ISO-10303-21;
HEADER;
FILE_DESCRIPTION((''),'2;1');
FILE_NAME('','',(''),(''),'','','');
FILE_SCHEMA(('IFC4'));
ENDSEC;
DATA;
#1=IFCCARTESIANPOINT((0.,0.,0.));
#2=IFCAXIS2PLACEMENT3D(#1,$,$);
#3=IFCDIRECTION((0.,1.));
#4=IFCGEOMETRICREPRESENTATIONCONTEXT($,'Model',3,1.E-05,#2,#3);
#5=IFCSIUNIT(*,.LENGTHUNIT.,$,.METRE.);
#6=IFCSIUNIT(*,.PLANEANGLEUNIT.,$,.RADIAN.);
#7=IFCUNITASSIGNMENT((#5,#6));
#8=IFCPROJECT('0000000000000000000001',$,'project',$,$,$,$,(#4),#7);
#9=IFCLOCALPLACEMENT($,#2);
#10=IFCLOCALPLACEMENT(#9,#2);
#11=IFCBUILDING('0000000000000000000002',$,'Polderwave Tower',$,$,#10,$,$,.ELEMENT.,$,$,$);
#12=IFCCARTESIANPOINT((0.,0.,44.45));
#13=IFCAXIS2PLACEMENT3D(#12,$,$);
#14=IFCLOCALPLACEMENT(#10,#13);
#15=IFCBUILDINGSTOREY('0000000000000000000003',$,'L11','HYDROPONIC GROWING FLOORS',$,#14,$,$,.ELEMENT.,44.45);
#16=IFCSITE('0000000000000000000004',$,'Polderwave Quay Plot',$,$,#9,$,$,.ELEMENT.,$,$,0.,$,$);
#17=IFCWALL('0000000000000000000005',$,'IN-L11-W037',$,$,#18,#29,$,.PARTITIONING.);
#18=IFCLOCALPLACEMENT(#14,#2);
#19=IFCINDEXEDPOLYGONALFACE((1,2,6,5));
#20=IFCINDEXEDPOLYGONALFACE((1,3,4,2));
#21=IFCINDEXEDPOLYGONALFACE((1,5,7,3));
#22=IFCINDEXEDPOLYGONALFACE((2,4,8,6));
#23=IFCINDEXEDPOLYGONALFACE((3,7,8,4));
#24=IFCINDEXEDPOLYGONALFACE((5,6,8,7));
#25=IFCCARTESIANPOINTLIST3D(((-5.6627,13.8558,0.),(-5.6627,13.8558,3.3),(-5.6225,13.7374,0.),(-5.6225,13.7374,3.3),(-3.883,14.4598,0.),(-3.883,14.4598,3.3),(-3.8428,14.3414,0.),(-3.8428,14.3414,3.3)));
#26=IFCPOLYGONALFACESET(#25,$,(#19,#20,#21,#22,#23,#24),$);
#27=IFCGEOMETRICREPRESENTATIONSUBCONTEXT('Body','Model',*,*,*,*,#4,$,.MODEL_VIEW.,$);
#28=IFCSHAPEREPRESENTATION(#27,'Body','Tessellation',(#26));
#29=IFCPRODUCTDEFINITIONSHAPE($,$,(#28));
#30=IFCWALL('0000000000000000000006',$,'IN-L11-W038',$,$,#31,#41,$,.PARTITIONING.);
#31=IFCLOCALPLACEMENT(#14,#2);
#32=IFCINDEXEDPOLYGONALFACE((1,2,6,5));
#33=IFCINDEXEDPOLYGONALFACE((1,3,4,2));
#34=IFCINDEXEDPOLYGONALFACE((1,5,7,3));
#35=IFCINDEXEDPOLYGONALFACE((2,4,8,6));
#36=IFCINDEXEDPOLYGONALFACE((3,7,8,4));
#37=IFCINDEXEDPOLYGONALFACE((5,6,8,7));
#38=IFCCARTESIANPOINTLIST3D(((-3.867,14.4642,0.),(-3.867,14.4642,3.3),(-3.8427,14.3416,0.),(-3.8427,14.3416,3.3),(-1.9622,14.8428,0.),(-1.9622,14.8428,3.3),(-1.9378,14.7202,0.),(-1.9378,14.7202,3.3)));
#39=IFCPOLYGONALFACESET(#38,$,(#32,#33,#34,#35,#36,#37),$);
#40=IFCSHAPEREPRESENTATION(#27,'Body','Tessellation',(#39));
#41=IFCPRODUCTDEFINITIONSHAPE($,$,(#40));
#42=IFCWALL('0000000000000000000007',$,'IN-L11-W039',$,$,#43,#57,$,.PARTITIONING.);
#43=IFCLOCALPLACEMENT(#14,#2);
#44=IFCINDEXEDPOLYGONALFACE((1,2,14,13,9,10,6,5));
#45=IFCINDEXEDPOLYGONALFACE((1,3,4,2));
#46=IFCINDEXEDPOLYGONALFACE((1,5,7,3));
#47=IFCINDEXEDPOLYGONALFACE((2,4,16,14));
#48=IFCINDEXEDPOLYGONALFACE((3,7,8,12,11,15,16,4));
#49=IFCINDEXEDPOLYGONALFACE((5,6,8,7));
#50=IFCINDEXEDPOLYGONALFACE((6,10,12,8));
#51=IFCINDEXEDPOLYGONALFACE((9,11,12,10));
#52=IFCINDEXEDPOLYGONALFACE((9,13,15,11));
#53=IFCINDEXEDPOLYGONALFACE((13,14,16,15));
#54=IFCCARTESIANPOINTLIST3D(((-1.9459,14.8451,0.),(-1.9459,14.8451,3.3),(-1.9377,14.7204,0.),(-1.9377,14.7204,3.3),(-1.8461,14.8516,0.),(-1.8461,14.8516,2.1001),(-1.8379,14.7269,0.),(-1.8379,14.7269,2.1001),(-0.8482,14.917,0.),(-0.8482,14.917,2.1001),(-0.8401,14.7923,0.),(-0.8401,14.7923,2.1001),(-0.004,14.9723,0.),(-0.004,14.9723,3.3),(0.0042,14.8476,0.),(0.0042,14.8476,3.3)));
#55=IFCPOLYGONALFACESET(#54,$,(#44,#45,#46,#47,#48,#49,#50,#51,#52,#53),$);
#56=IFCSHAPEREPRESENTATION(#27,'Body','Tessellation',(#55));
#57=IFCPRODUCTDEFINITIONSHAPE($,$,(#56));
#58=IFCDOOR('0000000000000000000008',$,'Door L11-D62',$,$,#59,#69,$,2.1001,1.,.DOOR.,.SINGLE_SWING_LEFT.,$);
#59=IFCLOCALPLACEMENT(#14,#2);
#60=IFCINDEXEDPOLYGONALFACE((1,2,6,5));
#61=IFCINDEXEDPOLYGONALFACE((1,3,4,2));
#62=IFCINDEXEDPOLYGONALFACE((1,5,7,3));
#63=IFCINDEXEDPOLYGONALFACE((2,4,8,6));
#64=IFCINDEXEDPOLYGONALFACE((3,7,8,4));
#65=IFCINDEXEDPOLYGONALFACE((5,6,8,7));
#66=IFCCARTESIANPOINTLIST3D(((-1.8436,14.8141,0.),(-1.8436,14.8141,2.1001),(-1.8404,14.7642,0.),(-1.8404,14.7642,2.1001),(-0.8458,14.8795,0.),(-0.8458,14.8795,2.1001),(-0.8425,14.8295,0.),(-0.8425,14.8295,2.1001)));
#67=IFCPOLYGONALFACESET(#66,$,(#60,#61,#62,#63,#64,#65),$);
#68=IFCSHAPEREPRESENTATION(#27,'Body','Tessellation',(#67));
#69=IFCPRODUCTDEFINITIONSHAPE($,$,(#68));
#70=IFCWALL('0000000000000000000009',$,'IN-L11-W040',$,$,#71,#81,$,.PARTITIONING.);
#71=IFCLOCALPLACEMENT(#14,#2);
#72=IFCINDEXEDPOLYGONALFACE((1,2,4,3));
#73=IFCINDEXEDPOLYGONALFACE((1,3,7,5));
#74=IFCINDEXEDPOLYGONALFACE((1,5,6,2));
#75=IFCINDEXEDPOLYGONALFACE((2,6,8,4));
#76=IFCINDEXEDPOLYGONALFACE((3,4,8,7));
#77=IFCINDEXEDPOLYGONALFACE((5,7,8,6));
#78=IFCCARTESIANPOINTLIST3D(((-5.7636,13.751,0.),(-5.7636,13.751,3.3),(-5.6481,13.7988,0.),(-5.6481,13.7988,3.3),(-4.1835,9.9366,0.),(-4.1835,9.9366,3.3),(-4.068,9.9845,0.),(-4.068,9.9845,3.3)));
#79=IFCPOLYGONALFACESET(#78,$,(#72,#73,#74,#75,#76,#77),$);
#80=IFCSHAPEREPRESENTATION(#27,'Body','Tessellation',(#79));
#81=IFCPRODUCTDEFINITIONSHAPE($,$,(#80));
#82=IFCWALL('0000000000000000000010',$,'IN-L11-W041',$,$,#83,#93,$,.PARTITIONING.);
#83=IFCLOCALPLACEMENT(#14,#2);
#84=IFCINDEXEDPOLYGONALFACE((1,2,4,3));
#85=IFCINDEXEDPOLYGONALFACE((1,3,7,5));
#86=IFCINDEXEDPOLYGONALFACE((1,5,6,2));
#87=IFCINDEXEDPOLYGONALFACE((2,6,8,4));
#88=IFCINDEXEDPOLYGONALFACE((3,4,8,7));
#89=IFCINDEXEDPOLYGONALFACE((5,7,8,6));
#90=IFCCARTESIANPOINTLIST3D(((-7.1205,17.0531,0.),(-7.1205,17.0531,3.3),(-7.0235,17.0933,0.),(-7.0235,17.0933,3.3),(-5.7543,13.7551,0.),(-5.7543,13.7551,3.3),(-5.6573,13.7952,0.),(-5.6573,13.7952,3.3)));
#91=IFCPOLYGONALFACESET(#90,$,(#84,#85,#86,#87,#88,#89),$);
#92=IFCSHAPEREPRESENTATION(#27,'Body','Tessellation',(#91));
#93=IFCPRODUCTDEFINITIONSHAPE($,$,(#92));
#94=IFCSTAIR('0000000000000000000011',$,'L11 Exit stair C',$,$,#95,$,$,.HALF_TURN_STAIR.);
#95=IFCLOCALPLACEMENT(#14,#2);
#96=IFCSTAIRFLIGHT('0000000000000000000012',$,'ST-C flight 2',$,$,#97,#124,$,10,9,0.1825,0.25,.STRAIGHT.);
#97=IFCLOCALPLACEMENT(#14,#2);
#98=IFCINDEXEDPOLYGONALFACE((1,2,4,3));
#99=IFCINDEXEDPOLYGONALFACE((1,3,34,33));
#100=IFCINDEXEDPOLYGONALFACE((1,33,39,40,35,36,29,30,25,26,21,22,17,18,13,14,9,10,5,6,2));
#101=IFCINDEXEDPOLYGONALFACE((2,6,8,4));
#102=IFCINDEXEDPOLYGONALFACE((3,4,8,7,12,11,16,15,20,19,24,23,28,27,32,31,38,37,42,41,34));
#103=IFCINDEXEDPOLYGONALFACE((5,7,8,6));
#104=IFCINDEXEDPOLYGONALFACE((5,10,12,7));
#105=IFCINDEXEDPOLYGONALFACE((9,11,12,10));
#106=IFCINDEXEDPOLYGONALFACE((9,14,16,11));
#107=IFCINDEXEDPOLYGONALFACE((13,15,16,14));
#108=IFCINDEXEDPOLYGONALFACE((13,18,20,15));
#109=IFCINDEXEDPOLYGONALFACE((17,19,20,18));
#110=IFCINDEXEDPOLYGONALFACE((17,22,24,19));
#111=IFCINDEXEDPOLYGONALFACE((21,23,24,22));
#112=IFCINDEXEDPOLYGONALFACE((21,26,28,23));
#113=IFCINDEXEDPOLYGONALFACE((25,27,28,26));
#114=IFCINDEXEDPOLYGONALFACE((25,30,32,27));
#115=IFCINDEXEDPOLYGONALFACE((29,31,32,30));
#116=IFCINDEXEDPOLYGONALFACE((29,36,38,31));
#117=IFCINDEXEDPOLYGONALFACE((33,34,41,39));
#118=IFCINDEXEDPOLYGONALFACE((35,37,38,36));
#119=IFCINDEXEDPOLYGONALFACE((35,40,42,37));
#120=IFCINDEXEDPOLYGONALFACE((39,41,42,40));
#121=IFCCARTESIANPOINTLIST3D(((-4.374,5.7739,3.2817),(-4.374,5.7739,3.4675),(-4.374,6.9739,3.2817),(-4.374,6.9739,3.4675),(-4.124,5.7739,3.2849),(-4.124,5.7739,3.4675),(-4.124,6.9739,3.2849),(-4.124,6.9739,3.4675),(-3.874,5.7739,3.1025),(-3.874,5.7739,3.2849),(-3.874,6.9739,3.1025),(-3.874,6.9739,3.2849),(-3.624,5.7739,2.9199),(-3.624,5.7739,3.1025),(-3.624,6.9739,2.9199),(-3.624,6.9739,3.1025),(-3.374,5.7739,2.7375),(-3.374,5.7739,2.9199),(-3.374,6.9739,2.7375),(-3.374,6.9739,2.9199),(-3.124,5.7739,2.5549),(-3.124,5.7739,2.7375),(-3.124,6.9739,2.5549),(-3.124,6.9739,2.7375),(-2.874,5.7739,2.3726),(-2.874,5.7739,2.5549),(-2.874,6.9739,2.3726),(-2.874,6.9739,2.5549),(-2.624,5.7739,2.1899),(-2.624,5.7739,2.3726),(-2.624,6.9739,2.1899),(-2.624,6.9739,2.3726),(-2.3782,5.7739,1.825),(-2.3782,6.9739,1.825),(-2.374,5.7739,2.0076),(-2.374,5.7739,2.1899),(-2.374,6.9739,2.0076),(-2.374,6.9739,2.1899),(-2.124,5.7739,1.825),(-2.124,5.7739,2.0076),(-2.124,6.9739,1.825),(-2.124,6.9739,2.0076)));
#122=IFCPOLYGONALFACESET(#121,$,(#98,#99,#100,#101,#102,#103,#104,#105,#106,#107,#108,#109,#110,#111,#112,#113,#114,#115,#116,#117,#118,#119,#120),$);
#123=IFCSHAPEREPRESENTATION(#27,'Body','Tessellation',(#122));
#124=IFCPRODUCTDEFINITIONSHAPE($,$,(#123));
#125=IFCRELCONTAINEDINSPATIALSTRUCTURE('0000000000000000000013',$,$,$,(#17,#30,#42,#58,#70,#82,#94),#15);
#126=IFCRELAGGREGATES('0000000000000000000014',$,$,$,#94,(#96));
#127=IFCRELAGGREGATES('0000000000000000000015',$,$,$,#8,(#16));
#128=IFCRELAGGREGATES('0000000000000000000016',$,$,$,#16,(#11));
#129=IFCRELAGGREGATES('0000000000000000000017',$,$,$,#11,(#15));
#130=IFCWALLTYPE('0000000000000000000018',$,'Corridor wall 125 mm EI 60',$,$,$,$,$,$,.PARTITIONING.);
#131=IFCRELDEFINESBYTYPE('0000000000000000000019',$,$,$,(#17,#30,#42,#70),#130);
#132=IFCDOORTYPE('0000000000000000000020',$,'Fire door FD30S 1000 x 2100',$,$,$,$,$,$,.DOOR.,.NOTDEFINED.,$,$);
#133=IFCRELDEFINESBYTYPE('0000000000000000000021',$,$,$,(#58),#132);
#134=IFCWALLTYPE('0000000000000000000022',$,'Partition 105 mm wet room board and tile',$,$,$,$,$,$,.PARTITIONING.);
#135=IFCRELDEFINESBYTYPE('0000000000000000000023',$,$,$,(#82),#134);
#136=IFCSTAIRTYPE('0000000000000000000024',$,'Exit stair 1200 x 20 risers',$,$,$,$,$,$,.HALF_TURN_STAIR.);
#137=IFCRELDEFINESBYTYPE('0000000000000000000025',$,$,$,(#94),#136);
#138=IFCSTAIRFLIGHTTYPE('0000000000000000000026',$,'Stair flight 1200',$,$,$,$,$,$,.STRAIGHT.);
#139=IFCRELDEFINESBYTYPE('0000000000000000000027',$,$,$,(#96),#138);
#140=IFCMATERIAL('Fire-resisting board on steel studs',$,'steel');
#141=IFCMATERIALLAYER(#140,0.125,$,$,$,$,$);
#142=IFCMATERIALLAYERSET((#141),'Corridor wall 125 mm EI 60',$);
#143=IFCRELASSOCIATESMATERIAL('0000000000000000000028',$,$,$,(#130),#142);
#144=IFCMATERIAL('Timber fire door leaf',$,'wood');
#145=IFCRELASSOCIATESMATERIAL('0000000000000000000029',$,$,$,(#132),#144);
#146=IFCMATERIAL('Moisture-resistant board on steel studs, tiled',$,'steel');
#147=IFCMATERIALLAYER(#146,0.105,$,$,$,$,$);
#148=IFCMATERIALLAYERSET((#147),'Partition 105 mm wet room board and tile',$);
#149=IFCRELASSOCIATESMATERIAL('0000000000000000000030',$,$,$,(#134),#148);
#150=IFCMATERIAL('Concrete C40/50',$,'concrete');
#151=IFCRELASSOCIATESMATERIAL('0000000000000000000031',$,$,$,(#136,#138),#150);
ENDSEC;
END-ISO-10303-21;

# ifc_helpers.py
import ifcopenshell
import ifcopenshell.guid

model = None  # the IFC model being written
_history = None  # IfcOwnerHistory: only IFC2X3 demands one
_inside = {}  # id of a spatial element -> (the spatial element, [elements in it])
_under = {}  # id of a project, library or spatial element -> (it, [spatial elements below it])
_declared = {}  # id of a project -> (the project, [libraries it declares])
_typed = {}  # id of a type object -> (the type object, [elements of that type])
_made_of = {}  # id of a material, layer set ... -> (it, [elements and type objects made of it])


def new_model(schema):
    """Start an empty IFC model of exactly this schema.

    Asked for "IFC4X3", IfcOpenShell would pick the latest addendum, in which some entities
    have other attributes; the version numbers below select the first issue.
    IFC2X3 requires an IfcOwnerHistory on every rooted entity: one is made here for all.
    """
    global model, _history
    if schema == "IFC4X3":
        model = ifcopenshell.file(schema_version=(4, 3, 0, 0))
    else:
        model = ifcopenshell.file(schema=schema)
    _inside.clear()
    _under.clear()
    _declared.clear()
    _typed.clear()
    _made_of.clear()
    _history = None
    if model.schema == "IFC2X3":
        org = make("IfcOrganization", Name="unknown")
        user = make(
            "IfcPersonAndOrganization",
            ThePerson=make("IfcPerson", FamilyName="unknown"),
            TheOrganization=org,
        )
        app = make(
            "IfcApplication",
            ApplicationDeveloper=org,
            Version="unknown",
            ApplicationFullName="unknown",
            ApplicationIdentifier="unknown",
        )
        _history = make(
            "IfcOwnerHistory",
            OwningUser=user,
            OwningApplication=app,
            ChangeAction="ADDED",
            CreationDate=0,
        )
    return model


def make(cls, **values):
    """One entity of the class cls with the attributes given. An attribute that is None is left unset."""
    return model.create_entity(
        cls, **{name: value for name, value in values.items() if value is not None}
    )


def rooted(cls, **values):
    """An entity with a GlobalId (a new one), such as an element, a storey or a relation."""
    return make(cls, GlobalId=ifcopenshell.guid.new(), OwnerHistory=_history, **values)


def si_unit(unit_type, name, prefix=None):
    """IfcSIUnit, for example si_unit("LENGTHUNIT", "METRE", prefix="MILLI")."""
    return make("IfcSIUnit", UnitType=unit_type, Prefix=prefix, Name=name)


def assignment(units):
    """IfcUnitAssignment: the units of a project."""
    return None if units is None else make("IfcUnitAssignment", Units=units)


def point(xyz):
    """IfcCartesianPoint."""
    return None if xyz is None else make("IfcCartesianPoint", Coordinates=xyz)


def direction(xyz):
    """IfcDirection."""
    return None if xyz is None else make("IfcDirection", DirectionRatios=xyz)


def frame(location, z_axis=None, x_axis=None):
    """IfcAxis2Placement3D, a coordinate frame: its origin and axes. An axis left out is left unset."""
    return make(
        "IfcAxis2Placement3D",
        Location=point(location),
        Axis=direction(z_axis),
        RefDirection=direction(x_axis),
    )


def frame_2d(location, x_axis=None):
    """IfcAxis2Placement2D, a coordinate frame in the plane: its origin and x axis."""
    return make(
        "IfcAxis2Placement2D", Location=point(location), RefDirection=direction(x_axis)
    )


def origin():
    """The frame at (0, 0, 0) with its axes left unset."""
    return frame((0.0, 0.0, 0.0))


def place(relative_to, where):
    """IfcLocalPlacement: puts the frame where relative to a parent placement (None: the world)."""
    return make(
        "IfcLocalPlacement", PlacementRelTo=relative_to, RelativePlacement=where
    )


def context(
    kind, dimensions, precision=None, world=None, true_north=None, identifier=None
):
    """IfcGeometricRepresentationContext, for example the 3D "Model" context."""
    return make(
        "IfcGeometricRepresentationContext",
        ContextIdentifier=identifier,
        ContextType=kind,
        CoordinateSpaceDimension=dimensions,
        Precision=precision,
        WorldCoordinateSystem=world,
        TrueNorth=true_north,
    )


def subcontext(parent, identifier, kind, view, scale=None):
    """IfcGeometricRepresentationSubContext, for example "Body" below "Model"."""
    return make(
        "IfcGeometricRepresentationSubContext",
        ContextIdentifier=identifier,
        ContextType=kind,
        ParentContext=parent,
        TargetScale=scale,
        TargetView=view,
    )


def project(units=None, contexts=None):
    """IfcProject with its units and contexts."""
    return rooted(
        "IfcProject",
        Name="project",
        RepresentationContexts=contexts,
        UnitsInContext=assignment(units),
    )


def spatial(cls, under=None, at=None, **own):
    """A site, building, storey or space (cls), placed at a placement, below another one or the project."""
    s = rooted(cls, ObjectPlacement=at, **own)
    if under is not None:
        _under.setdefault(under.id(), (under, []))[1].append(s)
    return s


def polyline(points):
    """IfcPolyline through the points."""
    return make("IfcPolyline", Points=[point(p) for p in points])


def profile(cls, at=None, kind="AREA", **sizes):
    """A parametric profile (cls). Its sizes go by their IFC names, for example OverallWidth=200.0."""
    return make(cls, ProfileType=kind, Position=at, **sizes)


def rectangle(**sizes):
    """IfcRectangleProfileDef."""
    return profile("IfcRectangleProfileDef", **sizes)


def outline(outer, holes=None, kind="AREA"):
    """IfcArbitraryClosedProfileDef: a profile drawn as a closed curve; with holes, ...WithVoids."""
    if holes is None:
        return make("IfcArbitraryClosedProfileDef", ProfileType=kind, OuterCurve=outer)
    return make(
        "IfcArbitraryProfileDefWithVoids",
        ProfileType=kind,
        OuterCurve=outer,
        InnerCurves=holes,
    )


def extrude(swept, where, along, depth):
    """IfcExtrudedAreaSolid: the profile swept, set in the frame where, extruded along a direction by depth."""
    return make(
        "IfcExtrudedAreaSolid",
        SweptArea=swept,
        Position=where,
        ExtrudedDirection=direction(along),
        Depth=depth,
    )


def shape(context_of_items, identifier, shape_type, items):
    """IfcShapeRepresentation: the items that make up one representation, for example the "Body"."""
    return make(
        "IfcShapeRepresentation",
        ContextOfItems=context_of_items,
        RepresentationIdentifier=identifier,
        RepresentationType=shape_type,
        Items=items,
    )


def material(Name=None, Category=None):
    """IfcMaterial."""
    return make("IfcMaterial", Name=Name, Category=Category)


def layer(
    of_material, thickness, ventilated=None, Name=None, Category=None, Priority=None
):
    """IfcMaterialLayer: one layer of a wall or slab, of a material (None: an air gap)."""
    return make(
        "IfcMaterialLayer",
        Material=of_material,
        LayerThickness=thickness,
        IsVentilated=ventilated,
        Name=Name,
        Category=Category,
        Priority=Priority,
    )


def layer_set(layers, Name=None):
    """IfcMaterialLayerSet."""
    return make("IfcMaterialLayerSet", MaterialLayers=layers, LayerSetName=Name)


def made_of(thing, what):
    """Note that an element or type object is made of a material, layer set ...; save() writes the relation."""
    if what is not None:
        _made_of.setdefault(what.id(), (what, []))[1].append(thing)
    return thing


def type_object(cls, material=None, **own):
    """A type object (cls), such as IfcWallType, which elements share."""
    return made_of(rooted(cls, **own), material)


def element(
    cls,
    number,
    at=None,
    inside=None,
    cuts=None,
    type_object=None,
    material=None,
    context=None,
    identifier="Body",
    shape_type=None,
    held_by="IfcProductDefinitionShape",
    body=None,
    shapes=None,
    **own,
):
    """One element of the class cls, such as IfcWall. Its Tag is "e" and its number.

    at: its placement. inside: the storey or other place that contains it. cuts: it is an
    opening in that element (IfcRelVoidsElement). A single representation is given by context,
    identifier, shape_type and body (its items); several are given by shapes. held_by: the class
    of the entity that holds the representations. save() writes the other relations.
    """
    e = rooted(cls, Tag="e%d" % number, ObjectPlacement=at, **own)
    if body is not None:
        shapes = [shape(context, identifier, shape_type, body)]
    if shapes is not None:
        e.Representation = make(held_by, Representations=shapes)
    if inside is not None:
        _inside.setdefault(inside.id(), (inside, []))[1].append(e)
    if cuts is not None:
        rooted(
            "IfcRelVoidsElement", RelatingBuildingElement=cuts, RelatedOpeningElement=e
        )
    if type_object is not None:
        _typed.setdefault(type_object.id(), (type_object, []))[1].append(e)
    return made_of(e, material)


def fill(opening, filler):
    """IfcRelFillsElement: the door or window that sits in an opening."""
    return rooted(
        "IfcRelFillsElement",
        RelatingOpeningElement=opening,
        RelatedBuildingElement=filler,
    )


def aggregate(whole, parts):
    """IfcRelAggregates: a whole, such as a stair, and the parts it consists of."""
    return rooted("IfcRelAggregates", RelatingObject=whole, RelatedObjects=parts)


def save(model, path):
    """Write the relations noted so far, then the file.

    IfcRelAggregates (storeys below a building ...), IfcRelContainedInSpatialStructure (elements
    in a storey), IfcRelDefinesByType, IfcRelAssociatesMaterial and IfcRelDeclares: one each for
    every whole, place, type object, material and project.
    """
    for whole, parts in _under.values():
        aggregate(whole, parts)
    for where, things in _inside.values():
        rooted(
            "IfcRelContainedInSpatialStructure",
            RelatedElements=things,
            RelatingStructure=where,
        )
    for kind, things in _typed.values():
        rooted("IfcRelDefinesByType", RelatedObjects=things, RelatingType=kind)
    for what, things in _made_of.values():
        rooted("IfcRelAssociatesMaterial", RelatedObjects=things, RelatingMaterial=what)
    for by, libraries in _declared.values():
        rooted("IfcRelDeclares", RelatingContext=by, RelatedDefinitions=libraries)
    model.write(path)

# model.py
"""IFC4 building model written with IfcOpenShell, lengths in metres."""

from ifc_helpers import new_model, si_unit, direction, frame, frame_2d, origin, place, context, subcontext, project, spatial, polyline, rectangle, outline, extrude, material, layer, layer_set, type_object, element, fill, aggregate, save


model = new_model("IFC4")

# Units and contexts
model_context = context("Model", 3, precision=1e-05, world=origin(), true_north=direction((0.0, 1.0)))
body_context = subcontext(model_context, "Body", "Model", "MODEL_VIEW")
ifc_project = project(units=[si_unit("LENGTHUNIT", "METRE"), si_unit("PLANEANGLEUNIT", "RADIAN")], contexts=[model_context])

# Site, building, storey
site_placement = place(None, origin())
site = spatial("IfcSite", under=ifc_project, at=site_placement, Name="Polderwave Quay Plot", CompositionType="ELEMENT", RefElevation=0.0)
building_placement = place(site_placement, origin())
building = spatial("IfcBuilding", under=site, at=building_placement, Name="Polderwave Tower", CompositionType="ELEMENT")
storey_placement = place(building_placement, frame((0.0, 0.0, 44.45)))
storey = spatial("IfcBuildingStorey", under=building, at=storey_placement, Name="L11", Description="HYDROPONIC GROWING FLOORS", CompositionType="ELEMENT", Elevation=44.45)

# Shared definitions
ifc_material_1 = material(Name="Fire-resisting board on steel studs", Category="steel")
ifc_layer_1 = layer(ifc_material_1, 0.125)
ifc_layer_set_1 = layer_set([ifc_layer_1], Name="Corridor wall 125 mm EI 60")
wall_type_1 = type_object("IfcWallType", Name="Corridor wall 125 mm EI 60", PredefinedType="PARTITIONING", material=ifc_layer_set_1)
ifc_material_2 = material(Name="Timber fire door leaf", Category="wood")
door_type = type_object("IfcDoorType", Name="Fire door FD30S 1000 x 2100", OperationType="NOTDEFINED", PredefinedType="DOOR", material=ifc_material_2)

# Walls
wall_1_placement = place(storey_placement, frame((-5.6426, 13.7966, 0.0), z_axis=(0.0, 0.0, 1.0), x_axis=(0.946955, 0.321367, 0.0)))
element("IfcWall", 1, at=wall_1_placement, inside=storey, type_object=wall_type_1, Name="IN-L11-W037", PredefinedType="PARTITIONING", context=body_context, shape_type="SweptSolid", body=[
    extrude(rectangle(XDim=1.8794, YDim=0.125, at=frame_2d((0.9397, 0.0))), origin(), (0.0, 0.0, 1.0), 3.3),
])
wall_2_placement = place(storey_placement, frame((-3.855, 14.4028, 0.0), z_axis=(0.0, 0.0, 1.0), x_axis=(0.980807, 0.19498, 0.0)))
element("IfcWall", 2, at=wall_2_placement, inside=storey, type_object=wall_type_1, Name="IN-L11-W038", PredefinedType="PARTITIONING", context=body_context, shape_type="SweptSolid", body=[
    extrude(rectangle(XDim=1.9421, YDim=0.125, at=frame_2d((0.9712, 0.0))), origin(), (0.0, 0.0, 1.0), 3.3),
])

# Wall, opening, door
wall_3_placement = place(storey_placement, frame((-1.9419, 14.7827, 0.0), z_axis=(0.0, 0.0, 1.0), x_axis=(0.997862, 0.065362, 0.0)))
wall_3 = element("IfcWall", 3, at=wall_3_placement, inside=storey, type_object=wall_type_1, Name="IN-L11-W039", PredefinedType="PARTITIONING", context=body_context, shape_type="SweptSolid", body=[
    extrude(rectangle(XDim=1.946, YDim=0.125, at=frame_2d((0.9731, 0.0))), origin(), (0.0, 0.0, 1.0), 3.3),
])
opening_1_placement = place(wall_3_placement, frame((0.1001, 0.0, 0.0)))
opening_1 = element("IfcOpeningElement", 4, at=opening_1_placement, cuts=wall_3, PredefinedType="OPENING", context=body_context, shape_type="SweptSolid", body=[
    extrude(rectangle(XDim=1.0, YDim=2.1001, at=frame_2d((0.5, 1.05))), frame((0.0, 0.0725, 0.0), z_axis=(0.0, -1.0, 0.0), x_axis=(1.0, 0.0, 0.0)), (0.0, 0.0, 1.0), 0.145),
])
door_1_placement = place(opening_1_placement, origin())
door_1 = element("IfcDoor", 5, at=door_1_placement, inside=storey, type_object=door_type, Name="Door L11-D62", OperationType="SINGLE_SWING_LEFT", OverallHeight=2.1001, OverallWidth=1.0, PredefinedType="DOOR", context=body_context, shape_type="SweptSolid", body=[
    extrude(rectangle(XDim=1.0, YDim=2.1001, at=frame_2d((0.5, 1.05))), frame((0.0, 0.0249, 0.0), z_axis=(0.0, -1.0, 0.0), x_axis=(1.0, 0.0, 0.0)), (0.0, 0.0, 1.0), 0.05),
])
fill(opening_1, door_1)

# Walls
wall_4_placement = place(storey_placement, frame((-4.1257, 9.9604, 0.0), z_axis=(0.0, 0.0, 1.0), x_axis=(-0.3827, 0.923873, 0.0)))
element("IfcWall", 6, at=wall_4_placement, inside=storey, type_object=wall_type_1, Name="IN-L11-W040", PredefinedType="PARTITIONING", context=body_context, shape_type="SweptSolid", body=[
    extrude(rectangle(XDim=4.1287, YDim=0.125, at=frame_2d((2.0645, 0.0))), origin(), (0.0, 0.0, 1.0), 3.3),
])
ifc_material_3 = material(Name="Moisture-resistant board on steel studs, tiled", Category="steel")
ifc_layer_2 = layer(ifc_material_3, 0.105)
ifc_layer_set_2 = layer_set([ifc_layer_2], Name="Partition 105 mm wet room board and tile")
wall_type_2 = type_object("IfcWallType", Name="Partition 105 mm wet room board and tile", PredefinedType="PARTITIONING", material=ifc_layer_set_2)
wall_5_placement = place(storey_placement, frame((-5.7058, 13.7751, 0.0), z_axis=(0.0, 0.0, 1.0), x_axis=(-0.382706, 0.92387, 0.0)))
element("IfcWall", 7, at=wall_5_placement, inside=storey, type_object=wall_type_2, Name="IN-L11-W041", PredefinedType="PARTITIONING", context=body_context, shape_type="SweptSolid", body=[
    extrude(rectangle(XDim=3.5698, YDim=0.105, at=frame_2d((1.7849, 0.0))), origin(), (0.0, 0.0, 1.0), 3.3),
])

# Stair, stair flight
ifc_material_4 = material(Name="Concrete C40/50", Category="concrete")
stair_type = type_object("IfcStairType", Name="Exit stair 1200 x 20 risers", PredefinedType="HALF_TURN_STAIR", material=ifc_material_4)
stair_placement = place(storey_placement, origin())
stair = element("IfcStair", 8, at=stair_placement, inside=storey, type_object=stair_type, Name="L11 Exit stair C", PredefinedType="HALF_TURN_STAIR")
stair_flight_type = type_object("IfcStairFlightType", Name="Stair flight 1200", PredefinedType="STRAIGHT", material=ifc_material_4)
stair_flight_placement = place(storey_placement, frame((-2.124, 6.374, 1.825), z_axis=(0.0, 0.0, 1.0), x_axis=(-1.0, 0.0, 0.0)))
stair_flight = element("IfcStairFlight", 9, at=stair_flight_placement, type_object=stair_flight_type, Name="ST-C flight 2", NumberOfRisers=10, NumberOfTreads=9, PredefinedType="STRAIGHT", RiserHeight=0.1825, TreadLength=0.25, context=body_context, shape_type="SweptSolid", body=[
    extrude(outline(polyline([(0.0, 0.0), (0.0, 0.1826), (0.25, 0.1826), (0.25, 0.365), (0.5, 0.365), (0.5, 0.5476), (0.75, 0.5476), (0.75, 0.73), (1.0, 0.73), (1.0, 0.9126), (1.25, 0.9126), (1.25, 1.095), (1.5, 1.095), (1.5, 1.2776), (1.75, 1.2776), (1.75, 1.46), (2.0, 1.46), (2.0, 1.6426), (2.25, 1.6426), (2.25, 1.825), (2.25, 1.4568), (0.2542, 0.0), (0.0, 0.0)])), frame((0.0, 0.6001, 0.0), z_axis=(0.0, -1.0, 0.0), x_axis=(1.0, 0.0, 0.0)), (0.0, 0.0, 1.0), 1.2),
])
aggregate(stair, [stair_flight])

save(model, "model.ifc")
